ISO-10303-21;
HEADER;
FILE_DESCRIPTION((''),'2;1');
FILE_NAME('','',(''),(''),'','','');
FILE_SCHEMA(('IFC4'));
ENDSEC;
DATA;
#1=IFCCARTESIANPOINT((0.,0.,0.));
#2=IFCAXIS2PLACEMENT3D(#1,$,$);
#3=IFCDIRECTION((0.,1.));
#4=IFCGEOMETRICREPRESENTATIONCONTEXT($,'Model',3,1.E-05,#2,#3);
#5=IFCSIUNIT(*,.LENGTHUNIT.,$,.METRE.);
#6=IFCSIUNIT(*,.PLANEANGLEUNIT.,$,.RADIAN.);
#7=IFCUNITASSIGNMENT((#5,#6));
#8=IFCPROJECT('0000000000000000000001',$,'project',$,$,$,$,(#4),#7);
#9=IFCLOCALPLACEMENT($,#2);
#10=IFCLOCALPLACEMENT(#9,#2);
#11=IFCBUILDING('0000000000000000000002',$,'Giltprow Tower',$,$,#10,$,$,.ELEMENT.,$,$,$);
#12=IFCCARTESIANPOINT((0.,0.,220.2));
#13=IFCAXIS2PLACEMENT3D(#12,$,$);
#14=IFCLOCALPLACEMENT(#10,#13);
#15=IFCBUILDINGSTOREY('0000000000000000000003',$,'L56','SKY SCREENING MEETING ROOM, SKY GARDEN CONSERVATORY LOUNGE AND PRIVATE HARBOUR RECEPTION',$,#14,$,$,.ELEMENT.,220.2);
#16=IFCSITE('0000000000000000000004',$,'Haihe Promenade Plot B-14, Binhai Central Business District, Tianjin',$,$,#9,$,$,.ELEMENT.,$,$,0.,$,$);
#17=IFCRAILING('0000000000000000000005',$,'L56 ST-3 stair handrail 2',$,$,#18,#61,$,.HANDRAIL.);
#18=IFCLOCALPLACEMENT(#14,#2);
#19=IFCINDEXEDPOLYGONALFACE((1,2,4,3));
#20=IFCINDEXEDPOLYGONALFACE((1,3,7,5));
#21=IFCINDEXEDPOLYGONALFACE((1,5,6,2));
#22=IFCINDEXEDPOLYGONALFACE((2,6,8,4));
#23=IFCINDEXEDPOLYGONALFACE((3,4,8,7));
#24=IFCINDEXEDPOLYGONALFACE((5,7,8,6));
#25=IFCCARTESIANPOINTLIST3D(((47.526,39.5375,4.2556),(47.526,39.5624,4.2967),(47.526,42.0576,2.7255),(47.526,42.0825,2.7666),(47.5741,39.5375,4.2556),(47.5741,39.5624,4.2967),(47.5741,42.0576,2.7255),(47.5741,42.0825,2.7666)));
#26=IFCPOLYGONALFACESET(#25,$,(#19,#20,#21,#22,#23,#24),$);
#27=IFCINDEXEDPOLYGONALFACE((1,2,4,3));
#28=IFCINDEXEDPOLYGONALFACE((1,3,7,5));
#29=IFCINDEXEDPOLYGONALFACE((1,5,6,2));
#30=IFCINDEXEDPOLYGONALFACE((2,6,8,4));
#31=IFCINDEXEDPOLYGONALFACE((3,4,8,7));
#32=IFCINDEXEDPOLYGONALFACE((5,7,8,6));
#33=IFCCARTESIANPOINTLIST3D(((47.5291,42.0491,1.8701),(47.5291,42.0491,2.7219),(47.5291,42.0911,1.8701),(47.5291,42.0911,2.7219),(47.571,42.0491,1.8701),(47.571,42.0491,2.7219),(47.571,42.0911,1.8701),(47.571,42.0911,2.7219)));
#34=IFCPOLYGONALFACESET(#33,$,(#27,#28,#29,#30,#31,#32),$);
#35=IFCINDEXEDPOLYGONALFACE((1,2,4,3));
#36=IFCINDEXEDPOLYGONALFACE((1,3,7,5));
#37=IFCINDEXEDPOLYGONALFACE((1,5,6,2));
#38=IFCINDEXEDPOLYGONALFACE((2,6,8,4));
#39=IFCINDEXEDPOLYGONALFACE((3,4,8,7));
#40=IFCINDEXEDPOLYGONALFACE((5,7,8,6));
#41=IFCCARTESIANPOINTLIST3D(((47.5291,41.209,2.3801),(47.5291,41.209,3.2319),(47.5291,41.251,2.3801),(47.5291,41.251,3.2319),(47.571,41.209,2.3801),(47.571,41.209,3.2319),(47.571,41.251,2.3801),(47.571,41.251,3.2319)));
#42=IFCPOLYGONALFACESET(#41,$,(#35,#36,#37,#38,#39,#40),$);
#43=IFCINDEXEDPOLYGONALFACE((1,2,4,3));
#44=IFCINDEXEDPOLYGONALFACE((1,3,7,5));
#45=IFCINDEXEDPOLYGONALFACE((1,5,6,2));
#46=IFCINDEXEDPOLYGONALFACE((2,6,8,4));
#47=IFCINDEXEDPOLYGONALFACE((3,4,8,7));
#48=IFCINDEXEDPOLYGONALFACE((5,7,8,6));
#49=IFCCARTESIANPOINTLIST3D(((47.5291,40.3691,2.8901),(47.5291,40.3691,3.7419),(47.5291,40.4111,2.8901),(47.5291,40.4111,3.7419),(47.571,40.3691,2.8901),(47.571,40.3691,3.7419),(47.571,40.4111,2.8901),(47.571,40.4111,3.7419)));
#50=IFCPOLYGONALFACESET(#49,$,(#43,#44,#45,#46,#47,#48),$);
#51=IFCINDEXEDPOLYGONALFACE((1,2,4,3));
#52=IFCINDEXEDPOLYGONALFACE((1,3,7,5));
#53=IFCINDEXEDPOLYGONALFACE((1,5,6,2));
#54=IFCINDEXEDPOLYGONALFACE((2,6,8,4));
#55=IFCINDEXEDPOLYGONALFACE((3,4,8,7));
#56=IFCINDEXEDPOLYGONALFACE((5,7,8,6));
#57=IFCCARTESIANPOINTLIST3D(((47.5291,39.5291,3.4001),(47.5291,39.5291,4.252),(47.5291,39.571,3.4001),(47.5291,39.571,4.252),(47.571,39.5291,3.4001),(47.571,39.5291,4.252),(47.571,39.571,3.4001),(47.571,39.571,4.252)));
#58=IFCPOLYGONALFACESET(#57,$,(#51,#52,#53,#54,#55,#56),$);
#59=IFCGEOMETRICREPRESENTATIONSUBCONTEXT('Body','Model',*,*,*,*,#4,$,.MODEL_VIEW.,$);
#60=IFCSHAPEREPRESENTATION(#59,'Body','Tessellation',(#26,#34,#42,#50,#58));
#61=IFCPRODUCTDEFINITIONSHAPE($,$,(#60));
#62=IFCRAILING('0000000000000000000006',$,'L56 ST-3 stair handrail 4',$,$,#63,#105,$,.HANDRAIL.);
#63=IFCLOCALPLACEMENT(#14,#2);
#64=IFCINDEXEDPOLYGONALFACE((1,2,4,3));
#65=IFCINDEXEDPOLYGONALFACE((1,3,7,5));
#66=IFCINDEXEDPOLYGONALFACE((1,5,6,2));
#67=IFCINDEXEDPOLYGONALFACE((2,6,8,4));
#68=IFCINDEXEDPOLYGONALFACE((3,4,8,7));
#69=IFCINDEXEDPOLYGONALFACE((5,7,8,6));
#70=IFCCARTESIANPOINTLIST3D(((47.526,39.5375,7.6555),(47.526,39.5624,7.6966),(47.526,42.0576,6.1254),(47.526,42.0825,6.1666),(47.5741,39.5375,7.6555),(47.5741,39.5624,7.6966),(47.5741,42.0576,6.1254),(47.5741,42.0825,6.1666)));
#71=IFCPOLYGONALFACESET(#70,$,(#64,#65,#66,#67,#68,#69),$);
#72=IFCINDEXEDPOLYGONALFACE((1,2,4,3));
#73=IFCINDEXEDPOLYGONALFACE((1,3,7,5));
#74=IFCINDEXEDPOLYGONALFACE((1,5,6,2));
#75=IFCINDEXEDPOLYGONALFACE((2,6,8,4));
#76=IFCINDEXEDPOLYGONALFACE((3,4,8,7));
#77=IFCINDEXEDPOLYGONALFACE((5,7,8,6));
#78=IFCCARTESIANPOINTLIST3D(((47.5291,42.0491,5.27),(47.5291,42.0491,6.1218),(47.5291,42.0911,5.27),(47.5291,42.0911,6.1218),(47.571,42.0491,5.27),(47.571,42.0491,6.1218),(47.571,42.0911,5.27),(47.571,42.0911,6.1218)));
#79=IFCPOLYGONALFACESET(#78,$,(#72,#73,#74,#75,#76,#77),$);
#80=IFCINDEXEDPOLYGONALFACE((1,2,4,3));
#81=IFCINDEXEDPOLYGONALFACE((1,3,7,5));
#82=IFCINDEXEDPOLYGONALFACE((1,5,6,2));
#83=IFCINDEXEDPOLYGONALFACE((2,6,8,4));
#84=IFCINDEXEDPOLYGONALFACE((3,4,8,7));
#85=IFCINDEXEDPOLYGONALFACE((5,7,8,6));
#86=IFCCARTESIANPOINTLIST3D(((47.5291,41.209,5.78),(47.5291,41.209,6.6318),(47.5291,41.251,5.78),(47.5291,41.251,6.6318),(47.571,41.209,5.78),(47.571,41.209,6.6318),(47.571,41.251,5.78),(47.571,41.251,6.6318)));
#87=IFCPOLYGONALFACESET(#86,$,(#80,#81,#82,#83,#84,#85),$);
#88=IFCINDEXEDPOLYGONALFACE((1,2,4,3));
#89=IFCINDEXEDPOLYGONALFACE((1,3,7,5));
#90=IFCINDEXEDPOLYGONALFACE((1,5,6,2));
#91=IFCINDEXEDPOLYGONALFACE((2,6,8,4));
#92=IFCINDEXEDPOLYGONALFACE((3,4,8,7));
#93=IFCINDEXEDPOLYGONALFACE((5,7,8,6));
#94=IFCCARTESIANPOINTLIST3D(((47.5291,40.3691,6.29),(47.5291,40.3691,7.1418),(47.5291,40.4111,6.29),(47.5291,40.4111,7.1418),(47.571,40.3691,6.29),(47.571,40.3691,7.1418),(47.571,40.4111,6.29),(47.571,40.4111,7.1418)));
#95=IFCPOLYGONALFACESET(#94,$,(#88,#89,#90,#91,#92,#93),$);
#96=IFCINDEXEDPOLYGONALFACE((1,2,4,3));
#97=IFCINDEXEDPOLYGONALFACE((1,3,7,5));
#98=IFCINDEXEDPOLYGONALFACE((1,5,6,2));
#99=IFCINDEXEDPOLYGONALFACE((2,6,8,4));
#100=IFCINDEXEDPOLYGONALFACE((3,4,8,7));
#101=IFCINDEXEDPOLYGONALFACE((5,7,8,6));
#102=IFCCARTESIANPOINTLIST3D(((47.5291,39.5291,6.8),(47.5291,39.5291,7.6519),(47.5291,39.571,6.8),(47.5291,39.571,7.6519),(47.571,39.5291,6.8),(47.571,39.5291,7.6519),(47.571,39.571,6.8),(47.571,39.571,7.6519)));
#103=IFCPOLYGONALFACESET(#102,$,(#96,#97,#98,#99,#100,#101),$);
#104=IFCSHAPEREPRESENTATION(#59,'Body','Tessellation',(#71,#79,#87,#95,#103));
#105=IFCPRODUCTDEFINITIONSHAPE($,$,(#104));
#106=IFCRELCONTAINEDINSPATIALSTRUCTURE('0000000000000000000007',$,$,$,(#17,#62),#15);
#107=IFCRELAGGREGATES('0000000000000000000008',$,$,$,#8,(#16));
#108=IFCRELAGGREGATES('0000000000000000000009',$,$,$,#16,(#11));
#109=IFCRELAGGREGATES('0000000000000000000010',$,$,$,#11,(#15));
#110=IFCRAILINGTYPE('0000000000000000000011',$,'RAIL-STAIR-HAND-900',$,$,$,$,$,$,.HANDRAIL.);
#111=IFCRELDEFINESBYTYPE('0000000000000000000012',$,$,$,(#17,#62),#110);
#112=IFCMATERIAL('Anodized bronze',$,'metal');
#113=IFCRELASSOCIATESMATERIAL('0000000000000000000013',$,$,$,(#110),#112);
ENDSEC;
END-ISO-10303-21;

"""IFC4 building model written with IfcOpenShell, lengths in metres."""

from ifc_helpers import new_model, si_unit, direction, frame, origin, origin_2d, place, context, subcontext, project, spatial, rectangle, extrude, material, type_object, element, save


model = new_model("IFC4")

# Units and contexts
model_context = context("Model", 3, precision=1e-05, world=origin(), true_north=direction((0.0, 1.0)))
body_context = subcontext(model_context, "Body", "Model", "MODEL_VIEW")
ifc_project = project(units=[si_unit("LENGTHUNIT", "METRE"), si_unit("PLANEANGLEUNIT", "RADIAN")], contexts=[model_context])

# Site, building, storey
site_placement = place(None, origin())
site = spatial("IfcSite", under=ifc_project, at=site_placement, Name="Haihe Promenade Plot B-14, Binhai Central Business District, Tianjin", CompositionType="ELEMENT", RefElevation=0.0)
building_placement = place(site_placement, origin())
building = spatial("IfcBuilding", under=site, at=building_placement, Name="Giltprow Tower", CompositionType="ELEMENT")
storey_placement = place(building_placement, frame((0.0, 0.0, 220.2)))
storey = spatial("IfcBuildingStorey", under=building, at=storey_placement, Name="L56", Description="SKY SCREENING MEETING ROOM, SKY GARDEN CONSERVATORY LOUNGE AND PRIVATE HARBOUR RECEPTION", CompositionType="ELEMENT", Elevation=220.2)

# Railings
ifc_material_1 = material(Name="Anodized bronze", Category="metal")
railing_type = type_object("IfcRailingType", Name="RAIL-STAIR-HAND-900", PredefinedType="HANDRAIL", material=ifc_material_1)
for number, where, name in (
    (1, (47.55, 42.0701, 1.8701), "L56 ST-3 stair handrail 2"),
    (2, (47.55, 42.0701, 5.27), "L56 ST-3 stair handrail 4"),
):
    element("IfcRailing", number, at=place(storey_placement, frame(where)), inside=storey, type_object=railing_type, Name=name, PredefinedType="HANDRAIL", context=body_context, shape_type="SweptSolid", body=[
        extrude(rectangle(XDim=0.0481, YDim=0.0481, at=origin_2d()), frame((0.0, 0.0, 0.876), z_axis=(0.0, -0.854785, 0.518982), x_axis=(1.0, 0.0, 0.0)), (0.0, 0.0, 1.0), 2.9482),
        extrude(rectangle(XDim=0.042, YDim=0.042, at=origin_2d()), origin(), (0.0, 0.0, 1.0), 0.8518),
        extrude(rectangle(XDim=0.042, YDim=0.042, at=origin_2d()), frame((0.0, -0.8401, 0.51)), (0.0, 0.0, 1.0), 0.8518),
        extrude(rectangle(XDim=0.042, YDim=0.042, at=origin_2d()), frame((0.0, -1.6799, 1.02)), (0.0, 0.0, 1.0), 0.8518),
        extrude(rectangle(XDim=0.042, YDim=0.042, at=origin_2d()), frame((0.0, -2.52, 1.53)), (0.0, 0.0, 1.0), 0.8518),
    ])

save(model, "model.ifc")
